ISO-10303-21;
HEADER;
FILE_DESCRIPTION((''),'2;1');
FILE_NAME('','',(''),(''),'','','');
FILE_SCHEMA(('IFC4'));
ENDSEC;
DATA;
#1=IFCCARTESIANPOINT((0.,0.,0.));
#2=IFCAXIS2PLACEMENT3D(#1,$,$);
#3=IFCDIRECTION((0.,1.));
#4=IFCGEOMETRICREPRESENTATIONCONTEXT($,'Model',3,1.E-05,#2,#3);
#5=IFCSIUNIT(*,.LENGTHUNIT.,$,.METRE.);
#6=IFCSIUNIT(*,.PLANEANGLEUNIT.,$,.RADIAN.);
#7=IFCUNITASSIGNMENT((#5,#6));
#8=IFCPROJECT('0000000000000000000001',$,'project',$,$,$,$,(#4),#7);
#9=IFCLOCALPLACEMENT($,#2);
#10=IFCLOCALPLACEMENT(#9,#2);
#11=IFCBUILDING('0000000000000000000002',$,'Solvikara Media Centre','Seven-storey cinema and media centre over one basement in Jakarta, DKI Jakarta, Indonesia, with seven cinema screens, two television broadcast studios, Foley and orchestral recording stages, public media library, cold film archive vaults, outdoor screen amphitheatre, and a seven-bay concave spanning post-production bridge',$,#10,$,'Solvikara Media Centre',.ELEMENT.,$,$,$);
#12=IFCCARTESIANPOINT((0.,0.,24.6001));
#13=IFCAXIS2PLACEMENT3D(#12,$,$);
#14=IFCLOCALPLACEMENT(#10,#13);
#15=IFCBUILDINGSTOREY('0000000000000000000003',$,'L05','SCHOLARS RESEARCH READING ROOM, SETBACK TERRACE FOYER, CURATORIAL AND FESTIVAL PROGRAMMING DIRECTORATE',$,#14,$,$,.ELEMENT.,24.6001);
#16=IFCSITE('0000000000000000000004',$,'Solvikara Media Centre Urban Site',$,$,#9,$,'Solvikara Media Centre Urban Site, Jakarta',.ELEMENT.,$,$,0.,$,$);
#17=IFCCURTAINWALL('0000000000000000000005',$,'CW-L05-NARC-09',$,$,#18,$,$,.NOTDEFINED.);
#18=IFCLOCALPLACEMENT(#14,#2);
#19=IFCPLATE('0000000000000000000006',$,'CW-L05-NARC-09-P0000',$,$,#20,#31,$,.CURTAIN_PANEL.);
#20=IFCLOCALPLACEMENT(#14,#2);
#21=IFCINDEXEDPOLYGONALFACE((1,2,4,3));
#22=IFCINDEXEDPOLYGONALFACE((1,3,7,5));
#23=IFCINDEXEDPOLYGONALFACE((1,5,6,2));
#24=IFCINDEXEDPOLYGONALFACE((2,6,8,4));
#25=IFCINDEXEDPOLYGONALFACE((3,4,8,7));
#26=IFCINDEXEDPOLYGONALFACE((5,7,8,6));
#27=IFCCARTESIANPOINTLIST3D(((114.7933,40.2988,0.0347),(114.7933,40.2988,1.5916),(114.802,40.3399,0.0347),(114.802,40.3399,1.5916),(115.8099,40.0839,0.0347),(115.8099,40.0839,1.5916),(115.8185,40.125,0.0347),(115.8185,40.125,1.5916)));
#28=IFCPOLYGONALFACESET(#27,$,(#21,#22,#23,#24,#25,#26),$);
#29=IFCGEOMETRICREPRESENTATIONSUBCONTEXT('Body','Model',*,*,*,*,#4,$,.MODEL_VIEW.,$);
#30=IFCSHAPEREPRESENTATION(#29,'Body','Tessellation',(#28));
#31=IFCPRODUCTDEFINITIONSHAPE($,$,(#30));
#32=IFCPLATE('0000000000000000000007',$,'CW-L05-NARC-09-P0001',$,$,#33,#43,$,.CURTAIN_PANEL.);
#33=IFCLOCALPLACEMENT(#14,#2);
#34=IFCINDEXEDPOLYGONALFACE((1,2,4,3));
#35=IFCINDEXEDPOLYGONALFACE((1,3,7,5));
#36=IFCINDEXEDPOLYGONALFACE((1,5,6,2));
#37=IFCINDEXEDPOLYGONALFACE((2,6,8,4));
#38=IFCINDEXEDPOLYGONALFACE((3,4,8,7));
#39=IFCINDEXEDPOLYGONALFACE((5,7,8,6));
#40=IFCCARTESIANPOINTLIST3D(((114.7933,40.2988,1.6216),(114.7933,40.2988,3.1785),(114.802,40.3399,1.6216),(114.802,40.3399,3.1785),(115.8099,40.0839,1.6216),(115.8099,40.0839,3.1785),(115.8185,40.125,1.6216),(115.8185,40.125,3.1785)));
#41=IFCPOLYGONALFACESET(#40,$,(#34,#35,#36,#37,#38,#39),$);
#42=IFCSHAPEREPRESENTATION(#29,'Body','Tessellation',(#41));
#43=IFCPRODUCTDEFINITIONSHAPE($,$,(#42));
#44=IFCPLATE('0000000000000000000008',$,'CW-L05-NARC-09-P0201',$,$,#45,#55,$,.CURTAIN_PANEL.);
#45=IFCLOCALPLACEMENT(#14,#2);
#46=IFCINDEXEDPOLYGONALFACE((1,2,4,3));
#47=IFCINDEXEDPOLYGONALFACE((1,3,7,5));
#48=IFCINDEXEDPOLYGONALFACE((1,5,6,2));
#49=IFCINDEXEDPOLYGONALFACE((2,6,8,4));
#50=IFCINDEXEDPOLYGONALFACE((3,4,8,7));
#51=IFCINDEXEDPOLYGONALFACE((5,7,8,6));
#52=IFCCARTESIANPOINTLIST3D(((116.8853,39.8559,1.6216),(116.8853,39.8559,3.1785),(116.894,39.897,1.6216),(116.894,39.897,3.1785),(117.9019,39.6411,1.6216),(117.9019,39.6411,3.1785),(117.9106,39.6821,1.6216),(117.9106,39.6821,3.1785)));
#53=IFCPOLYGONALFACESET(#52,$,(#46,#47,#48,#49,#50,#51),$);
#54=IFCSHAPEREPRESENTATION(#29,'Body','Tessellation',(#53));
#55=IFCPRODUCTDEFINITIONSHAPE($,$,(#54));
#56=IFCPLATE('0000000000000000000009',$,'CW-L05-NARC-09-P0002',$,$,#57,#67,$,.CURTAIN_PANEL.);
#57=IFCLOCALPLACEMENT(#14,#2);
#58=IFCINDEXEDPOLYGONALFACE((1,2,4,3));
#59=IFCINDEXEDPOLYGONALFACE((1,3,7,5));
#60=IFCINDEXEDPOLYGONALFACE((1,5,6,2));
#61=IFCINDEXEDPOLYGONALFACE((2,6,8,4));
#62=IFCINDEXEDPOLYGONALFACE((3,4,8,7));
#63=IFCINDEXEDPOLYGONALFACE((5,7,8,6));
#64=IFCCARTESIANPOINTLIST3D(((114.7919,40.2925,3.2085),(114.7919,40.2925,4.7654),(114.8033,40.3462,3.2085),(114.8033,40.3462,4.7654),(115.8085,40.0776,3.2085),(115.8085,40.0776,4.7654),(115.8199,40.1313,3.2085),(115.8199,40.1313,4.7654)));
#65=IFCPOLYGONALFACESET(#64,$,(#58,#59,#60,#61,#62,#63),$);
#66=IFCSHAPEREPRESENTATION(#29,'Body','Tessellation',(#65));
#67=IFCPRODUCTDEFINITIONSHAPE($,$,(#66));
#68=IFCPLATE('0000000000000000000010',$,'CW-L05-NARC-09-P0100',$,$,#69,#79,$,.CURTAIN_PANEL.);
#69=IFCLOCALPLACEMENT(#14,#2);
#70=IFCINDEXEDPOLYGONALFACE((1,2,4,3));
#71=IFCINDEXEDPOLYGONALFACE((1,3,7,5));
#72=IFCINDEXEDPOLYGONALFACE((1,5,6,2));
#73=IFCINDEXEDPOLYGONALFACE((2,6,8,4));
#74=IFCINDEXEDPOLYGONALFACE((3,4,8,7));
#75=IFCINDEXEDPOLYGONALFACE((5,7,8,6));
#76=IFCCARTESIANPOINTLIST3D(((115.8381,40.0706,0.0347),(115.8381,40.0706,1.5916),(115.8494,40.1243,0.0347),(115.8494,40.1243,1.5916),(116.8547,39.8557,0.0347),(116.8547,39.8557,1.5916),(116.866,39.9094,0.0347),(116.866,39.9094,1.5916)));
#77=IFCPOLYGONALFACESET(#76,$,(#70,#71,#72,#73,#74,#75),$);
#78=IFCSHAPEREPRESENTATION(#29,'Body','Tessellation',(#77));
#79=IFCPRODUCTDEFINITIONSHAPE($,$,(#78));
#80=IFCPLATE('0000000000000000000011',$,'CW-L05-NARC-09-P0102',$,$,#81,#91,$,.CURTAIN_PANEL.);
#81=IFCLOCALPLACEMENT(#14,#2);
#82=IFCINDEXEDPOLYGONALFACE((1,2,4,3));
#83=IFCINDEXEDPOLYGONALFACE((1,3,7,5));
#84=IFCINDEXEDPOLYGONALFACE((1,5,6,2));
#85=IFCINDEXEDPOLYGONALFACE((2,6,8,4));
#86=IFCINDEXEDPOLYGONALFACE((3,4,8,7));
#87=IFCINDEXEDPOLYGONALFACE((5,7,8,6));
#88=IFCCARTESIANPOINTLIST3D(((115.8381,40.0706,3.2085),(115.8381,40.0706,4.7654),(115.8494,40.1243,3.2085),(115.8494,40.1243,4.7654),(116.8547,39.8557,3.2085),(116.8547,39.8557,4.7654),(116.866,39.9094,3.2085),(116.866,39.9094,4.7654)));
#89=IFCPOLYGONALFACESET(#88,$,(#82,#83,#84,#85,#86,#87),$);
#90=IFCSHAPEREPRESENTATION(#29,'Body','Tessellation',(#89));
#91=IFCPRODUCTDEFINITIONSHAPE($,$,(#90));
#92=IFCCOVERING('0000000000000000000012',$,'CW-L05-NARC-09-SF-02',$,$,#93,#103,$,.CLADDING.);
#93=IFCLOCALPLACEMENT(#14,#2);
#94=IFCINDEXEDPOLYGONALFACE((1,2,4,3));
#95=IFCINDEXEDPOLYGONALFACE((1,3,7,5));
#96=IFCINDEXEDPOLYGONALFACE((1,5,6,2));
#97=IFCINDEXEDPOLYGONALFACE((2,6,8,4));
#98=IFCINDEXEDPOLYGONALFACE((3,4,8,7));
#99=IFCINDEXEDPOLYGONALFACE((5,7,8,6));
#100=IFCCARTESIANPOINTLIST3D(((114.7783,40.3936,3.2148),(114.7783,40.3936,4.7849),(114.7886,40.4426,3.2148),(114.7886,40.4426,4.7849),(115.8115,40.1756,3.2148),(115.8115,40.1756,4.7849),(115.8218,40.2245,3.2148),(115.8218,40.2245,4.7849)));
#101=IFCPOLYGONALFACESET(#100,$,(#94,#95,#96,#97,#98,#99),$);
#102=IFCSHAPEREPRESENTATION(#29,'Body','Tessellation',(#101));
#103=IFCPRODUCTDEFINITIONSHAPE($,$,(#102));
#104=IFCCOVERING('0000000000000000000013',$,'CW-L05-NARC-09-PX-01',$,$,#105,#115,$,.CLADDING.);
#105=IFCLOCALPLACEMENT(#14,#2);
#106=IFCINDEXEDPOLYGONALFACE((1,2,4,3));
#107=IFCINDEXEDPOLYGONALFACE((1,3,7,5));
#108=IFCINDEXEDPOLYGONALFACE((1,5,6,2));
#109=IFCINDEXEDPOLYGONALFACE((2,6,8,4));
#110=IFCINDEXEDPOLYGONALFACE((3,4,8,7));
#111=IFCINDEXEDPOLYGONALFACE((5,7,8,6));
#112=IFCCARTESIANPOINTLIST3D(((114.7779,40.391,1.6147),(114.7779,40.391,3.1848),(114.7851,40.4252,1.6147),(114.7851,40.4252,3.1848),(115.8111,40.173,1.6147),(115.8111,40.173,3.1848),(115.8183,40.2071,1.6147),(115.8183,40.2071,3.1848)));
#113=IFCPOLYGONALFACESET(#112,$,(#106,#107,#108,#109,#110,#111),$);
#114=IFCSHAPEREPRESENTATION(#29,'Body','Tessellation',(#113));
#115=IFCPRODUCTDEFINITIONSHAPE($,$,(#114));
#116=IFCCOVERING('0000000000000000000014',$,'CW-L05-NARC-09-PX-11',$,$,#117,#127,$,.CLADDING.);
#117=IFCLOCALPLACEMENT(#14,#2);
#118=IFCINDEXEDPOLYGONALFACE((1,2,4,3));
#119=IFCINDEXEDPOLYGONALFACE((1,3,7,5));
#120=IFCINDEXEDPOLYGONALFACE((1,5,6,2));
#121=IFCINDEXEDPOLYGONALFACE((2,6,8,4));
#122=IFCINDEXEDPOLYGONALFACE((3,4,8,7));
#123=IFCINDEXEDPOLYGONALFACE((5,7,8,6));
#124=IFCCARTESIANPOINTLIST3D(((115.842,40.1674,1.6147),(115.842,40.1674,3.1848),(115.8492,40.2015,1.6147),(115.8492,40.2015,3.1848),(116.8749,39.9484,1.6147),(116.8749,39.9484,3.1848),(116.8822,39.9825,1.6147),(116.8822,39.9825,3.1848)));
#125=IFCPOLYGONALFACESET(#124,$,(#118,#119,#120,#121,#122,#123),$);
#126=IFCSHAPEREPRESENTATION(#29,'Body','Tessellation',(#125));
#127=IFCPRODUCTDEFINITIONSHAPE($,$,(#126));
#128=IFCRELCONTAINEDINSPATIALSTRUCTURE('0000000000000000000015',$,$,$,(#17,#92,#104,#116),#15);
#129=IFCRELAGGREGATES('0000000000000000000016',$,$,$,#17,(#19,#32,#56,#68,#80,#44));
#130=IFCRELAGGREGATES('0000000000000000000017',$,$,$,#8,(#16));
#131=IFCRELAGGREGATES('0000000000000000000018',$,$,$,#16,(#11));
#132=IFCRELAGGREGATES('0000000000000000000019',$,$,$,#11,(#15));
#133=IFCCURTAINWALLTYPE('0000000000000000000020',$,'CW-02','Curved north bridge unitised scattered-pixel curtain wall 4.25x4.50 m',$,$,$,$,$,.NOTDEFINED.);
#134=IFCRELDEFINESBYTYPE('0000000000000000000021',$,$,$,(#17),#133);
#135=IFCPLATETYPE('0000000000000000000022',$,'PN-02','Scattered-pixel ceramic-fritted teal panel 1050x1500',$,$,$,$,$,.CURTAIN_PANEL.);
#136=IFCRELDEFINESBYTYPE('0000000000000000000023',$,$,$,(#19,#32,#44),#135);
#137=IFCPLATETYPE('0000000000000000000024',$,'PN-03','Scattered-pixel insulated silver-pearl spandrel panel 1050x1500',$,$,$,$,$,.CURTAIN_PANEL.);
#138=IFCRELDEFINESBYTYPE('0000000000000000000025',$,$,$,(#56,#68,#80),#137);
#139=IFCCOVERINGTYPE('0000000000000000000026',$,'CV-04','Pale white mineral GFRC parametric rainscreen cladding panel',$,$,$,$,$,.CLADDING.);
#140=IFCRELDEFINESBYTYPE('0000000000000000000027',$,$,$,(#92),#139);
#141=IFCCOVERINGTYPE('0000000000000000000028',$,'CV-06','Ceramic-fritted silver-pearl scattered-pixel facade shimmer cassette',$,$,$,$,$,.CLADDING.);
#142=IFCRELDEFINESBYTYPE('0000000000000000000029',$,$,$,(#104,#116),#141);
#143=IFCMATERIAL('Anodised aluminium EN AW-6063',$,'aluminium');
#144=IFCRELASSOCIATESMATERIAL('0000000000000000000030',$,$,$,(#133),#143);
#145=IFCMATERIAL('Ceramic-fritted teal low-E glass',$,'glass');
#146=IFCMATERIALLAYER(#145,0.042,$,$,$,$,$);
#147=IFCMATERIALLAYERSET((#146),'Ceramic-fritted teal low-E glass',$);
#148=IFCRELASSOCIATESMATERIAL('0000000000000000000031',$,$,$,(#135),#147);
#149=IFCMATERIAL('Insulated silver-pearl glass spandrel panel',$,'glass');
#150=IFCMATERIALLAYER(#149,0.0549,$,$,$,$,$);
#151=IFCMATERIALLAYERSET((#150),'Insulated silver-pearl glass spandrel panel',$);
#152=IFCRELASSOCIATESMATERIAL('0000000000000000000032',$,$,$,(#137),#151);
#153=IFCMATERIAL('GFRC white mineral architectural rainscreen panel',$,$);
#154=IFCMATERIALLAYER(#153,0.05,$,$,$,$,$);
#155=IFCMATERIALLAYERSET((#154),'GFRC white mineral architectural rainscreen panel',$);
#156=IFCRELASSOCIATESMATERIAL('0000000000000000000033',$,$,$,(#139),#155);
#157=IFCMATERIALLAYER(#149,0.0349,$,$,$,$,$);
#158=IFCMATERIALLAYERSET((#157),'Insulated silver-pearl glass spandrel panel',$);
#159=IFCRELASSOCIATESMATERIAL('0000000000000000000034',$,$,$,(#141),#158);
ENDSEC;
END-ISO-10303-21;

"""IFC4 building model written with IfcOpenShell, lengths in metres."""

from ifc_helpers import new_model, si_unit, direction, frame, origin, origin_2d, place, context, subcontext, project, spatial, rectangle, extrude, material, layer, layer_set, type_object, element, aggregate, save


model = new_model("IFC4")

# Units and contexts
model_context = context("Model", 3, precision=1e-05, world=origin(), true_north=direction((0.0, 1.0)))
body_context = subcontext(model_context, "Body", "Model", "MODEL_VIEW")
ifc_project = project(units=[si_unit("LENGTHUNIT", "METRE"), si_unit("PLANEANGLEUNIT", "RADIAN")], contexts=[model_context])

# Site, building, storey
site_placement = place(None, origin())
site = spatial("IfcSite", under=ifc_project, at=site_placement, Name="Solvikara Media Centre Urban Site", LongName="Solvikara Media Centre Urban Site, Jakarta", CompositionType="ELEMENT", RefElevation=0.0)
building_placement = place(site_placement, origin())
building = spatial("IfcBuilding", under=site, at=building_placement, Name="Solvikara Media Centre", Description="Seven-storey cinema and media centre over one basement in Jakarta, DKI Jakarta, Indonesia, with seven cinema screens, two television broadcast studios, Foley and orchestral recording stages, public media library, cold film archive vaults, outdoor screen amphitheatre, and a seven-bay concave spanning post-production bridge", LongName="Solvikara Media Centre", CompositionType="ELEMENT")
storey_placement = place(building_placement, frame((0.0, 0.0, 24.6001)))
storey = spatial("IfcBuildingStorey", under=building, at=storey_placement, Name="L05", Description="SCHOLARS RESEARCH READING ROOM, SETBACK TERRACE FOYER, CURATORIAL AND FESTIVAL PROGRAMMING DIRECTORATE", CompositionType="ELEMENT", Elevation=24.6001)

# Curtain wall, plates
ifc_material_1 = material(Name="Anodised aluminium EN AW-6063", Category="aluminium")
curtain_wall_type = type_object("IfcCurtainWallType", Name="CW-02", Description="Curved north bridge unitised scattered-pixel curtain wall 4.25x4.50 m", PredefinedType="NOTDEFINED", material=ifc_material_1)
curtain_wall_placement = place(storey_placement, origin())
curtain_wall = element("IfcCurtainWall", 1, at=curtain_wall_placement, inside=storey, type_object=curtain_wall_type, Name="CW-L05-NARC-09", PredefinedType="NOTDEFINED")
ifc_material_2 = material(Name="Ceramic-fritted teal low-E glass", Category="glass")
ifc_layer_1 = layer(ifc_material_2, 0.042)
ifc_layer_set_1 = layer_set([ifc_layer_1], Name="Ceramic-fritted teal low-E glass")
plate_type_1 = type_object("IfcPlateType", Name="PN-02", Description="Scattered-pixel ceramic-fritted teal panel 1050x1500", PredefinedType="CURTAIN_PANEL", material=ifc_layer_set_1)
plate_1_placement = place(storey_placement, frame((115.3059, 40.2119, 0.0347), z_axis=(0.0, 0.0, 1.0), x_axis=(0.978379, -0.206819, 0.0)))
plate_1 = element("IfcPlate", 2, at=plate_1_placement, type_object=plate_type_1, Name="CW-L05-NARC-09-P0000", PredefinedType="CURTAIN_PANEL", context=body_context, shape_type="SweptSolid", body=[
    extrude(rectangle(XDim=1.0391, YDim=0.042, at=origin_2d()), origin(), (0.0, 0.0, 1.0), 1.5569),
])
plate_2_placement = place(storey_placement, frame((115.3059, 40.2119, 1.6216), z_axis=(0.0, 0.0, 1.0), x_axis=(0.978379, -0.206819, 0.0)))
plate_2 = element("IfcPlate", 3, at=plate_2_placement, type_object=plate_type_1, Name="CW-L05-NARC-09-P0001", PredefinedType="CURTAIN_PANEL", context=body_context, shape_type="SweptSolid", body=[
    extrude(rectangle(XDim=1.0391, YDim=0.042, at=origin_2d()), origin(), (0.0, 0.0, 1.0), 1.5569),
])
plate_3_placement = place(storey_placement, frame((117.3979, 39.769, 1.6216), z_axis=(0.0, 0.0, 1.0), x_axis=(0.978379, -0.206819, 0.0)))
plate_3 = element("IfcPlate", 4, at=plate_3_placement, type_object=plate_type_1, Name="CW-L05-NARC-09-P0201", PredefinedType="CURTAIN_PANEL", context=body_context, shape_type="SweptSolid", body=[
    extrude(rectangle(XDim=1.0391, YDim=0.042, at=origin_2d()), origin(), (0.0, 0.0, 1.0), 1.5569),
])
ifc_material_3 = material(Name="Insulated silver-pearl glass spandrel panel", Category="glass")
ifc_layer_2 = layer(ifc_material_3, 0.0549)
ifc_layer_set_2 = layer_set([ifc_layer_2], Name="Insulated silver-pearl glass spandrel panel")
plate_type_2 = type_object("IfcPlateType", Name="PN-03", Description="Scattered-pixel insulated silver-pearl spandrel panel 1050x1500", PredefinedType="CURTAIN_PANEL", material=ifc_layer_set_2)
plate_4_placement = place(storey_placement, frame((115.3059, 40.2119, 3.2085), z_axis=(0.0, 0.0, 1.0), x_axis=(0.978379, -0.206819, 0.0)))
plate_4 = element("IfcPlate", 5, at=plate_4_placement, type_object=plate_type_2, Name="CW-L05-NARC-09-P0002", PredefinedType="CURTAIN_PANEL", context=body_context, shape_type="SweptSolid", body=[
    extrude(rectangle(XDim=1.0391, YDim=0.0549, at=origin_2d()), origin(), (0.0, 0.0, 1.0), 1.5569),
])
plate_5_placement = place(storey_placement, frame((116.3521, 39.99, 0.0347), z_axis=(0.0, 0.0, 1.0), x_axis=(0.978379, -0.206819, 0.0)))
plate_5 = element("IfcPlate", 6, at=plate_5_placement, type_object=plate_type_2, Name="CW-L05-NARC-09-P0100", PredefinedType="CURTAIN_PANEL", context=body_context, shape_type="SweptSolid", body=[
    extrude(rectangle(XDim=1.0391, YDim=0.0549, at=origin_2d()), origin(), (0.0, 0.0, 1.0), 1.5569),
])
plate_6_placement = place(storey_placement, frame((116.3521, 39.99, 3.2085), z_axis=(0.0, 0.0, 1.0), x_axis=(0.978379, -0.206819, 0.0)))
plate_6 = element("IfcPlate", 7, at=plate_6_placement, type_object=plate_type_2, Name="CW-L05-NARC-09-P0102", PredefinedType="CURTAIN_PANEL", context=body_context, shape_type="SweptSolid", body=[
    extrude(rectangle(XDim=1.0391, YDim=0.0549, at=origin_2d()), origin(), (0.0, 0.0, 1.0), 1.5569),
])
aggregate(curtain_wall, [plate_1, plate_2, plate_4, plate_5, plate_6, plate_3])

# Coverings
ifc_material_4 = material(Name="GFRC white mineral architectural rainscreen panel")
ifc_layer_3 = layer(ifc_material_4, 0.05)
ifc_layer_set_3 = layer_set([ifc_layer_3], Name="GFRC white mineral architectural rainscreen panel")
covering_type_1 = type_object("IfcCoveringType", Name="CV-04", Description="Pale white mineral GFRC parametric rainscreen cladding panel", PredefinedType="CLADDING", material=ifc_layer_set_3)
covering_placement = place(storey_placement, frame((115.3, 40.3091, 3.2148), z_axis=(0.0, 0.0, 1.0), x_axis=(0.978448, -0.206495, 0.0)))
element("IfcCovering", 8, at=covering_placement, inside=storey, type_object=covering_type_1, Name="CW-L05-NARC-09-SF-02", PredefinedType="CLADDING", context=body_context, shape_type="SweptSolid", body=[
    extrude(rectangle(XDim=1.0559, YDim=0.05, at=origin_2d()), origin(), (0.0, 0.0, 1.0), 1.5701),
])
ifc_layer_4 = layer(ifc_material_3, 0.0349)
ifc_layer_set_4 = layer_set([ifc_layer_4], Name="Insulated silver-pearl glass spandrel panel")
covering_type_2 = type_object("IfcCoveringType", Name="CV-06", Description="Ceramic-fritted silver-pearl scattered-pixel facade shimmer cassette", PredefinedType="CLADDING", material=ifc_layer_set_4)
for number, where, z_axis, x_axis, name in (
    (9, (115.2981, 40.2991, 1.6147), (0.0, 0.0, 1.0), (0.978448, -0.206495, 0.0), "CW-L05-NARC-09-PX-01"),
    (10, (116.3621, 40.075, 1.6147), (0.0, 0.0, 1.0), (0.978256, -0.2074, 0.0), "CW-L05-NARC-09-PX-11"),
):
    element("IfcCovering", number, at=place(storey_placement, frame(where, z_axis=z_axis, x_axis=x_axis)), inside=storey, type_object=covering_type_2, Name=name, PredefinedType="CLADDING", context=body_context, shape_type="SweptSolid", body=[
        extrude(rectangle(XDim=1.0559, YDim=0.0349, at=origin_2d()), origin(), (0.0, 0.0, 1.0), 1.5701),
    ])

save(model, "model.ifc")
